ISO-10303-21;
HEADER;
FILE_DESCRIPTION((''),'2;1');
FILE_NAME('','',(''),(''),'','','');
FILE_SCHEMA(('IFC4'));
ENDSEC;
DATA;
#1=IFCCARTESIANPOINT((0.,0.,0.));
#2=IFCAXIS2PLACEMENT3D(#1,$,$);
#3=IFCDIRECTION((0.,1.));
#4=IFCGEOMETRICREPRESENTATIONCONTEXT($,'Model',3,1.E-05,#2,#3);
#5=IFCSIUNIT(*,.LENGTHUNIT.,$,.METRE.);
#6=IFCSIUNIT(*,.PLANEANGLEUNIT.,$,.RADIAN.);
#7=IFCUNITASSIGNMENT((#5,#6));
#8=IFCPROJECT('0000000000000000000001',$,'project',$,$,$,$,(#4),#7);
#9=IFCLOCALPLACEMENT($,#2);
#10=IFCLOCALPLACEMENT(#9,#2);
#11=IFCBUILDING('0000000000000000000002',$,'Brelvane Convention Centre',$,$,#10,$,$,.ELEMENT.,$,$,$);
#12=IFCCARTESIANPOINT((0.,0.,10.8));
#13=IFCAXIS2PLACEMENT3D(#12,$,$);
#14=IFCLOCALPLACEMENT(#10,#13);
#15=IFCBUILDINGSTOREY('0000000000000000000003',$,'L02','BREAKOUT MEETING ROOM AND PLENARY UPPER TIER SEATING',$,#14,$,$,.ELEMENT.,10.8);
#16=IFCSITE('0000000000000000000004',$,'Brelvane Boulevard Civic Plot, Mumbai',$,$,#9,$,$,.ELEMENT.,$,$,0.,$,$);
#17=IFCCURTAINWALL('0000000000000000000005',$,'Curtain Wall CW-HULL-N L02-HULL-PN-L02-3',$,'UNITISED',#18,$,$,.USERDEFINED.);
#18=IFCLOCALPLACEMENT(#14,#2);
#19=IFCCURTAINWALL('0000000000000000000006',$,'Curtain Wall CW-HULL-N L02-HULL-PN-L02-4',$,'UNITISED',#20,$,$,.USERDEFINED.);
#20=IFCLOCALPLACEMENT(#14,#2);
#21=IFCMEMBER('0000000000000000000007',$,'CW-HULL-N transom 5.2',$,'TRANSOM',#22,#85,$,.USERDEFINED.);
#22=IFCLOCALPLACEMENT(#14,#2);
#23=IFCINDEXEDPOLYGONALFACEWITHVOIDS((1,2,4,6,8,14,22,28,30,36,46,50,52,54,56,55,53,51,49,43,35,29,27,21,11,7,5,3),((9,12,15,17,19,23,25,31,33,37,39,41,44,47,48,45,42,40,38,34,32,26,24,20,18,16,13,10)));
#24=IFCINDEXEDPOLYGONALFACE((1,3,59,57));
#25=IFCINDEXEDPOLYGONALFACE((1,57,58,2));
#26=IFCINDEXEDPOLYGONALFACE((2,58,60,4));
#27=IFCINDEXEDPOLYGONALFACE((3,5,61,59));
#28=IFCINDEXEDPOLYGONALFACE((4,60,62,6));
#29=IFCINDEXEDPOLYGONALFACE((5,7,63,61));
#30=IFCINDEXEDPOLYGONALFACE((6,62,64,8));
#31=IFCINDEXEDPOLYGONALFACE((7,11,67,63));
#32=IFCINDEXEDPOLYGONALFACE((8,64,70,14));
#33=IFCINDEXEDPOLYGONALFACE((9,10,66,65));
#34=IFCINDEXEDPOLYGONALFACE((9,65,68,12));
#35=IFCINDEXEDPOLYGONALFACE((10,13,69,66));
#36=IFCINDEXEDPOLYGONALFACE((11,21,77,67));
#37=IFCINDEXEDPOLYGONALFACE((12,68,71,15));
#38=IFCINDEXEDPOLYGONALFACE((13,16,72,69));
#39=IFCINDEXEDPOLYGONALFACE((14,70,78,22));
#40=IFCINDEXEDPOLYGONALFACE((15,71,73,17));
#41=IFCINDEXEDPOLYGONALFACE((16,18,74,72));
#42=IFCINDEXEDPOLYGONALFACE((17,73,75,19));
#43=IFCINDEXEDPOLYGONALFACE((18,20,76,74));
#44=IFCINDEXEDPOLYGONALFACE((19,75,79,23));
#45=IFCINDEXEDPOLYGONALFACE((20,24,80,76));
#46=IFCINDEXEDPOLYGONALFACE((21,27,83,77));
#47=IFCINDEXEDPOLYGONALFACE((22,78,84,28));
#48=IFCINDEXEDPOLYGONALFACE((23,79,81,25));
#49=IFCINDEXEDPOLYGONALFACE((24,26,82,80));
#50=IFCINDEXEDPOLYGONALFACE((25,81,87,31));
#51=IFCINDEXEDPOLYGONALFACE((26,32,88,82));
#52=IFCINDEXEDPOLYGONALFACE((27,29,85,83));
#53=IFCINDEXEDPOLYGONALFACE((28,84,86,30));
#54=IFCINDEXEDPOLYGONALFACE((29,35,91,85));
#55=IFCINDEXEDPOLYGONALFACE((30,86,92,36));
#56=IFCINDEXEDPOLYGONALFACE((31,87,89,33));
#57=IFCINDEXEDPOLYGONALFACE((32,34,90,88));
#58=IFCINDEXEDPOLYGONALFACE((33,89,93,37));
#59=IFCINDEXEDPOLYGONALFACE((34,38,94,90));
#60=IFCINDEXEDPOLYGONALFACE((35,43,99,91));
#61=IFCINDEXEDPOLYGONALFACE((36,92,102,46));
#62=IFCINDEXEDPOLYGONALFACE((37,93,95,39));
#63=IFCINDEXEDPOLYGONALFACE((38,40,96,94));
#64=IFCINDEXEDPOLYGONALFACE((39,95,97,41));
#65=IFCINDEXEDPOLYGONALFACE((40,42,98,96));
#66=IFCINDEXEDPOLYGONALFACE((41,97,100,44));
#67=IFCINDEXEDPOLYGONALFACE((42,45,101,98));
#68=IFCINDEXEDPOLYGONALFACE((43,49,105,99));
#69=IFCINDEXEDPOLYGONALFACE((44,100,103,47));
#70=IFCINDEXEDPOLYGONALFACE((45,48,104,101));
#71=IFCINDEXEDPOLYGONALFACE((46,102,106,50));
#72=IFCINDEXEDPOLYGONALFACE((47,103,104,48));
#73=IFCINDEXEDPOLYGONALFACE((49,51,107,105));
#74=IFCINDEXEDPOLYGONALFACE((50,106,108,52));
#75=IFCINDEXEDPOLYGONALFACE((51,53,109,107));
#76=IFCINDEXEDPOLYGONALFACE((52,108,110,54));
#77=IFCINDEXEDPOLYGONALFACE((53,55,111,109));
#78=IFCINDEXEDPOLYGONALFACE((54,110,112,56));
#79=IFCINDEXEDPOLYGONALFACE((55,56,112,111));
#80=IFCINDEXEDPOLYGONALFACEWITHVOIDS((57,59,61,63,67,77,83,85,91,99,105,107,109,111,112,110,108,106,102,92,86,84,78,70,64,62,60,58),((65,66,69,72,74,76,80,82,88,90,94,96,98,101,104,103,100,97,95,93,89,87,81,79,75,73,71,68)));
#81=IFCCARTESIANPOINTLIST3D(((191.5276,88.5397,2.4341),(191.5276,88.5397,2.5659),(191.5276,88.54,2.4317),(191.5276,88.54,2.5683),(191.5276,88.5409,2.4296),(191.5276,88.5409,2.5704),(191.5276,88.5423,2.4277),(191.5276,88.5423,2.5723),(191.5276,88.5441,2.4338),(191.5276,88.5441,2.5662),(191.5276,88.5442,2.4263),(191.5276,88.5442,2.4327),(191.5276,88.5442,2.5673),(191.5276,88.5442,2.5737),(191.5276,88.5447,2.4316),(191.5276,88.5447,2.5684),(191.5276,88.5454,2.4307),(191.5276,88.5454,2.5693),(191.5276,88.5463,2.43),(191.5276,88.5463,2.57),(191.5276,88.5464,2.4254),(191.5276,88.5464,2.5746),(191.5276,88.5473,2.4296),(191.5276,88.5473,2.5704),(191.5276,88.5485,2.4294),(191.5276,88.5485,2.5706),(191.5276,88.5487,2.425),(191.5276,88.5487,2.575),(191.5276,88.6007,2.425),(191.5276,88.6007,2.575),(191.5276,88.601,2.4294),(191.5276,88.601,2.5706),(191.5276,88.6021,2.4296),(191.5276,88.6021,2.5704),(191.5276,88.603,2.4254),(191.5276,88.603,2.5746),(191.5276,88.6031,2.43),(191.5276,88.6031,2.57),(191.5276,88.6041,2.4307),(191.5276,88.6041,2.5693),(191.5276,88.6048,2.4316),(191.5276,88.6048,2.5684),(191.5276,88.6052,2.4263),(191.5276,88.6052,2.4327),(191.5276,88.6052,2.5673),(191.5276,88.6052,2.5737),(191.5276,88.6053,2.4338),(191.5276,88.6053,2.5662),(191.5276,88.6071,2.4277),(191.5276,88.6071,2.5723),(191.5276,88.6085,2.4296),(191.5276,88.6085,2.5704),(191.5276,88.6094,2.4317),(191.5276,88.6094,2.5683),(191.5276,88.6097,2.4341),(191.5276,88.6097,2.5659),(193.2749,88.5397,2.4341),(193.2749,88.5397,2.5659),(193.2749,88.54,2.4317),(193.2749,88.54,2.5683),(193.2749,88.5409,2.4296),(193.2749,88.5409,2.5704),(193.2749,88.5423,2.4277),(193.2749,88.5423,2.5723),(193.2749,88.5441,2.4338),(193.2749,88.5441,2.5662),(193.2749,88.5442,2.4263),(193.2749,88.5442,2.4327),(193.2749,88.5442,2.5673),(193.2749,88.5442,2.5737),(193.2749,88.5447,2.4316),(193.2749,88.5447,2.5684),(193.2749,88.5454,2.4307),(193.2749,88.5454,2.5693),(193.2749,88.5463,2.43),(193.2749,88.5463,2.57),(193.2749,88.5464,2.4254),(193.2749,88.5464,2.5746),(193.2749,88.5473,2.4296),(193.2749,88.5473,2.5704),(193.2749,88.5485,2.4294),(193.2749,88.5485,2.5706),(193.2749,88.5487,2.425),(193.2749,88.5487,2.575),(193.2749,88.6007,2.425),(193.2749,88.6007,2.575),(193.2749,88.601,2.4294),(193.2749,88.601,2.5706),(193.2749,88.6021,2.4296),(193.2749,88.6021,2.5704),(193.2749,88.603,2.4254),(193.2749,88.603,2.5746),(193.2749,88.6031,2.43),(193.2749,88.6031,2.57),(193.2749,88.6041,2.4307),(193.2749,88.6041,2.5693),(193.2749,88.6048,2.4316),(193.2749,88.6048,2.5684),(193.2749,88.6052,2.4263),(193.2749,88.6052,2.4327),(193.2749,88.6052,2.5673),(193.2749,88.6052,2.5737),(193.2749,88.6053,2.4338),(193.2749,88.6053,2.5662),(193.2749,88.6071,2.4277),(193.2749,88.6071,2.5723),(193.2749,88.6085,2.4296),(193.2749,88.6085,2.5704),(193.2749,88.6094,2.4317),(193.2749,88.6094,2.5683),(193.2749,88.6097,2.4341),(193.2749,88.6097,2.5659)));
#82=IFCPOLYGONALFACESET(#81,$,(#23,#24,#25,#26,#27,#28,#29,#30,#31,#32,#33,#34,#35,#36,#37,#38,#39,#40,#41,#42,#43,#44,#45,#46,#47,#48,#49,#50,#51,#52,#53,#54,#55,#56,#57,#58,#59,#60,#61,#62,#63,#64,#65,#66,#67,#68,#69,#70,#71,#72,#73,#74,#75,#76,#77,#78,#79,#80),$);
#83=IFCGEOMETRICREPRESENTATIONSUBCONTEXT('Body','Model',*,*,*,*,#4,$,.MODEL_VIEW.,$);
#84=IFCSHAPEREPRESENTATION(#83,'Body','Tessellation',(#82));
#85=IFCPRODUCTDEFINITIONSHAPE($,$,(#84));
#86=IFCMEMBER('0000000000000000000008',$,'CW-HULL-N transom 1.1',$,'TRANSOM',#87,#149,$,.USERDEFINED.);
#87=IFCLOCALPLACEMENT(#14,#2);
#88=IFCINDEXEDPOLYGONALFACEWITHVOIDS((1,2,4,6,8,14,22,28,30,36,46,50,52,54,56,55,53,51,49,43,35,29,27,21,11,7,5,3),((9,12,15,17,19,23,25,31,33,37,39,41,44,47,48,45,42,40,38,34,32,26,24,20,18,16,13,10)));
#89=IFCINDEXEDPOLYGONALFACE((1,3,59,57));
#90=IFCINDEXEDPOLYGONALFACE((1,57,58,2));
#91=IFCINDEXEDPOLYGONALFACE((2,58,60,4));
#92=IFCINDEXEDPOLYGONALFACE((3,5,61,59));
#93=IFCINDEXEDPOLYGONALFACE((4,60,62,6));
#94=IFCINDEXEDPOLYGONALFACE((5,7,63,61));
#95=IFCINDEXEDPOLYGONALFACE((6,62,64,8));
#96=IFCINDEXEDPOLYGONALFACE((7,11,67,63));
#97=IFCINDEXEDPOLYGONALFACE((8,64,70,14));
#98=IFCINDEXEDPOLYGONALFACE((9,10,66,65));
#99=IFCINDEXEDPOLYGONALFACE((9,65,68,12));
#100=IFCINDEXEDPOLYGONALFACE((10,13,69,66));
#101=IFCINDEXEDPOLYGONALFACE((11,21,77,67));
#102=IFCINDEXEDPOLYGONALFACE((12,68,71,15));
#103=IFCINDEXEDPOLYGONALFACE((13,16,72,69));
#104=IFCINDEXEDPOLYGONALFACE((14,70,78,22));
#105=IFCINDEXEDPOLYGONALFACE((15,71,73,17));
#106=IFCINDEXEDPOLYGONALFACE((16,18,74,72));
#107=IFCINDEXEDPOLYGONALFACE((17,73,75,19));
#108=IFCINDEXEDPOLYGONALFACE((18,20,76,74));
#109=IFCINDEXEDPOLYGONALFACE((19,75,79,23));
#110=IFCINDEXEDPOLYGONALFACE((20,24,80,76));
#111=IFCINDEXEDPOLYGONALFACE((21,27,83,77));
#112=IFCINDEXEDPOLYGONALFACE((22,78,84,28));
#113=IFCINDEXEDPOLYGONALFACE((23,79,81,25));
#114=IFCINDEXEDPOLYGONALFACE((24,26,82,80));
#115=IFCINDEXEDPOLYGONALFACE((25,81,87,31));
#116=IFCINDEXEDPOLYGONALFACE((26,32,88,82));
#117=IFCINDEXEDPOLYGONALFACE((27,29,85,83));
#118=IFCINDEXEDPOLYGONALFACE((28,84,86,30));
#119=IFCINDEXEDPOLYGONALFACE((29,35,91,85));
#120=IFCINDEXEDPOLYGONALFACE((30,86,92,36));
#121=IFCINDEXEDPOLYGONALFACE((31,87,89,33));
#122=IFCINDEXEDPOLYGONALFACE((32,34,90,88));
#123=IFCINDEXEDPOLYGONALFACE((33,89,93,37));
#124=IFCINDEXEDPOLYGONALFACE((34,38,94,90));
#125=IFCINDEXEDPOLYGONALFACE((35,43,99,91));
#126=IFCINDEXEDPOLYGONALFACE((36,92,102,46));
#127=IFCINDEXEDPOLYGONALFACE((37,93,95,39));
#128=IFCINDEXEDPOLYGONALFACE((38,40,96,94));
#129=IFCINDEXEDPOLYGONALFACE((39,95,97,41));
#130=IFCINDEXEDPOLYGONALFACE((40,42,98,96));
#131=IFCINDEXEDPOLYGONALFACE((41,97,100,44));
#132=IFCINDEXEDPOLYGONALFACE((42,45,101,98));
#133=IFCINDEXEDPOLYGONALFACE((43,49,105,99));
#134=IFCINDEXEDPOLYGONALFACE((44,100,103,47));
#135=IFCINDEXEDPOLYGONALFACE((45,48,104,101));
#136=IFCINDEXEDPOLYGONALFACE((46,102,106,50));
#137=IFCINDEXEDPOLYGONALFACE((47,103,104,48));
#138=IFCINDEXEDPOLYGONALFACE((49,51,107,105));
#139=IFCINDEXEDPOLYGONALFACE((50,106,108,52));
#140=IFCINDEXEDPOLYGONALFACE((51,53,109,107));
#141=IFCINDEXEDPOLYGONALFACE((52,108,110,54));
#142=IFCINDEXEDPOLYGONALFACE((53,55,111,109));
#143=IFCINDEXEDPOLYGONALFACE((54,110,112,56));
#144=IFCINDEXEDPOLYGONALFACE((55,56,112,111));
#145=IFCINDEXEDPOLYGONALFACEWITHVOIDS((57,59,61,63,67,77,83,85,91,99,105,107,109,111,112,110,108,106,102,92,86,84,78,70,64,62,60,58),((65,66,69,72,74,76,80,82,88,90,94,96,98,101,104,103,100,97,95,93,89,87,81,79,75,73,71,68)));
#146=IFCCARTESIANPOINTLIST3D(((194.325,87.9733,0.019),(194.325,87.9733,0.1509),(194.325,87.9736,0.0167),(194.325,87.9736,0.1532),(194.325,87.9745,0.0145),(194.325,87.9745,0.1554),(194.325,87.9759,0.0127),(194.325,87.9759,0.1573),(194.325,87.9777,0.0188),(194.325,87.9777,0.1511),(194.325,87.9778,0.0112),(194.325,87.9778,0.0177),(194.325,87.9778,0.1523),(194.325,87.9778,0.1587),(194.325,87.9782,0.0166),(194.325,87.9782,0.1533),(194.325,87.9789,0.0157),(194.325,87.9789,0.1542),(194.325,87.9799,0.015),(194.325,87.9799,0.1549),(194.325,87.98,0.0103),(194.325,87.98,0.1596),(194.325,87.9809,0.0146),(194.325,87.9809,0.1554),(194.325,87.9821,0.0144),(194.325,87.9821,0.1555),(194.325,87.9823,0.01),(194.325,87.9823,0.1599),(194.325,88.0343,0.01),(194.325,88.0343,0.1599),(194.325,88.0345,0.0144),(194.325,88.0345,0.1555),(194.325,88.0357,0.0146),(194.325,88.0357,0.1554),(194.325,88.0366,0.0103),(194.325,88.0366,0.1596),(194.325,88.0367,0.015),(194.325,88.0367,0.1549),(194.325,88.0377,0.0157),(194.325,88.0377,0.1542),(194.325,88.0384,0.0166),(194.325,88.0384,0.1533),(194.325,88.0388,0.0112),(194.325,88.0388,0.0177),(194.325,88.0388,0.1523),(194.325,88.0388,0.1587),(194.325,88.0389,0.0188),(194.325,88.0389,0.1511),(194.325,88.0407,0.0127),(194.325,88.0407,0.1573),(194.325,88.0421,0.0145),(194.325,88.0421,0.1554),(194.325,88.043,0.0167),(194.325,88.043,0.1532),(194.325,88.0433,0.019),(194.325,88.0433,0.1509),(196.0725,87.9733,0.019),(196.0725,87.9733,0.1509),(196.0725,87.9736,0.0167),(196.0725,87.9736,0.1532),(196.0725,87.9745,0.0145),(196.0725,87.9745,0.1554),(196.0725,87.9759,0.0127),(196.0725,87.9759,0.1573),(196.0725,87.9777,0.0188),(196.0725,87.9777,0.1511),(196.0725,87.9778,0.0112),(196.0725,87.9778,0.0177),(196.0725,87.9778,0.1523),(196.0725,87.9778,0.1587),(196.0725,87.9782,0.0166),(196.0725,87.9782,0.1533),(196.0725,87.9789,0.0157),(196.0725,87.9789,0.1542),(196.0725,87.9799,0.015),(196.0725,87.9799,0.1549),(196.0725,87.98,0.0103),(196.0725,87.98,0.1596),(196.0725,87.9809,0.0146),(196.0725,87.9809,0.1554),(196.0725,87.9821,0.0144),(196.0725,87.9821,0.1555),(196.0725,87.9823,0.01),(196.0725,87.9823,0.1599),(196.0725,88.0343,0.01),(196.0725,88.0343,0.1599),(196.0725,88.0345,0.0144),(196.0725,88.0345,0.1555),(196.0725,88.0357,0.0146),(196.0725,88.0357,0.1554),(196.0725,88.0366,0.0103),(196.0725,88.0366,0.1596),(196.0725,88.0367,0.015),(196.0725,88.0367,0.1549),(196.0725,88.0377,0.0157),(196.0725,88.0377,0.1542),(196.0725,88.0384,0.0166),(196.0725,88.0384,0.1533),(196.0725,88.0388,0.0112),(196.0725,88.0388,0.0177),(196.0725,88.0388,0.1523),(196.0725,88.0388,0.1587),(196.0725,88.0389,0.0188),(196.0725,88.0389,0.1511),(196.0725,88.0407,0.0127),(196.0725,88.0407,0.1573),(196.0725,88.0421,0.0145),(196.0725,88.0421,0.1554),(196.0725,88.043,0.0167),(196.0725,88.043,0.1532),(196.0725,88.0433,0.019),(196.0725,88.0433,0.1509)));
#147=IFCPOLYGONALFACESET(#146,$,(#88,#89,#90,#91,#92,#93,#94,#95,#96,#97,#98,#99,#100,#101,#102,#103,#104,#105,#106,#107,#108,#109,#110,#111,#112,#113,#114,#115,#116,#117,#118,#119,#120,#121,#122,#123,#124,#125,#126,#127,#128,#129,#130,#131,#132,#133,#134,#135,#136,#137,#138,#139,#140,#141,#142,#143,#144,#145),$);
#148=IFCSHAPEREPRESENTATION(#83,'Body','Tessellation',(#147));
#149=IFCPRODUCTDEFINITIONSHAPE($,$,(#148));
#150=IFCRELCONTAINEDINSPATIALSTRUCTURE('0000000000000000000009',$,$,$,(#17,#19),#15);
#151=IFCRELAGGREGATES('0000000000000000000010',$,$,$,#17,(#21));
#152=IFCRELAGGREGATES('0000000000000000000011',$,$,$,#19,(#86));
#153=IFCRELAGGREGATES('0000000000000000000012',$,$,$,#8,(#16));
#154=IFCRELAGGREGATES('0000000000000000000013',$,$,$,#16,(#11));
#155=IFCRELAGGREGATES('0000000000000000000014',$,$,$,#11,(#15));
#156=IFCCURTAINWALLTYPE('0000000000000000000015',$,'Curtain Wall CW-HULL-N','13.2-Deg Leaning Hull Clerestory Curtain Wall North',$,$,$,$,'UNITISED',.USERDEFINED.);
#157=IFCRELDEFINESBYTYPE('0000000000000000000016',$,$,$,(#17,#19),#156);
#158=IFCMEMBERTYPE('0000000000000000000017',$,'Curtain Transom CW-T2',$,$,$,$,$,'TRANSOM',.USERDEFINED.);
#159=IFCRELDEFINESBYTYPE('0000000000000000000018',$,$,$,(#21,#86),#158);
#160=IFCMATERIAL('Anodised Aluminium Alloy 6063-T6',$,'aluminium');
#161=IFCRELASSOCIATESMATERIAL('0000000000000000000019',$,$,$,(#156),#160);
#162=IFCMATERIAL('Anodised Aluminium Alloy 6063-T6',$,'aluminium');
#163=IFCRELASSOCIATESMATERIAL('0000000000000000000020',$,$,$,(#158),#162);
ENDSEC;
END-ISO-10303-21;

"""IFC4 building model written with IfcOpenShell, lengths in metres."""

from ifc_helpers import new_model, si_unit, direction, frame, origin, origin_2d, place, context, subcontext, project, spatial, hollow_rectangle, extrude, material, material_profile, profile_set, type_object, element, aggregate, save


model = new_model("IFC4")

# Units and contexts
model_context = context("Model", 3, precision=1e-05, world=origin(), true_north=direction((0.0, 1.0)))
body_context = subcontext(model_context, "Body", "Model", "MODEL_VIEW")
ifc_project = project(units=[si_unit("LENGTHUNIT", "METRE"), si_unit("PLANEANGLEUNIT", "RADIAN")], contexts=[model_context])

# Site, building, storey
site_placement = place(None, origin())
site = spatial("IfcSite", under=ifc_project, at=site_placement, Name="Brelvane Boulevard Civic Plot, Mumbai", CompositionType="ELEMENT", RefElevation=0.0)
building_placement = place(site_placement, origin())
building = spatial("IfcBuilding", under=site, at=building_placement, Name="Brelvane Convention Centre", CompositionType="ELEMENT")
storey_placement = place(building_placement, frame((0.0, 0.0, 10.8)))
storey = spatial("IfcBuildingStorey", under=building, at=storey_placement, Name="L02", Description="BREAKOUT MEETING ROOM AND PLENARY UPPER TIER SEATING", CompositionType="ELEMENT", Elevation=10.8)

# Curtain walls
ifc_material_1 = material(Name="Anodised Aluminium Alloy 6063-T6", Category="aluminium")
curtain_wall_type = type_object("IfcCurtainWallType", Name="Curtain Wall CW-HULL-N", Description="13.2-Deg Leaning Hull Clerestory Curtain Wall North", ElementType="UNITISED", PredefinedType="USERDEFINED", material=ifc_material_1)
curtain_wall_1_placement = place(storey_placement, origin())
curtain_wall_1 = element("IfcCurtainWall", 1, at=curtain_wall_1_placement, inside=storey, type_object=curtain_wall_type, Name="Curtain Wall CW-HULL-N L02-HULL-PN-L02-3", ObjectType="UNITISED", PredefinedType="USERDEFINED")
curtain_wall_2_placement = place(storey_placement, origin())
curtain_wall_2 = element("IfcCurtainWall", 2, at=curtain_wall_2_placement, inside=storey, type_object=curtain_wall_type, Name="Curtain Wall CW-HULL-N L02-HULL-PN-L02-4", ObjectType="UNITISED", PredefinedType="USERDEFINED")

# Members
ifc_material_2 = material(Name="Anodised Aluminium Alloy 6063-T6", Category="aluminium")
ifc_material_profile_1 = material_profile(ifc_material_2, hollow_rectangle(XDim=0.0701, YDim=0.1499, WallThickness=0.0044, InnerFilletRadius=0.0044, OuterFilletRadius=0.009, at=origin_2d()), Name="ALU-T 150x70x4.5")
ifc_profile_set_1 = profile_set([ifc_material_profile_1], Name="Anodised Aluminium Alloy 6063-T6")
member_type_1 = type_object("IfcMemberType", Name="Curtain Transom CW-T2", ElementType="TRANSOM", PredefinedType="USERDEFINED", material=ifc_profile_set_1)
member_1_placement = place(storey_placement, frame((191.5276, 88.5747, 2.5), z_axis=(1.0, 0.0, 0.0), x_axis=(0.0, 1.0, 0.0)))
member_1 = element("IfcMember", 3, at=member_1_placement, type_object=member_type_1, Name="CW-HULL-N transom 5.2", ObjectType="TRANSOM", PredefinedType="USERDEFINED", context=body_context, shape_type="SweptSolid", body=[
    extrude(hollow_rectangle(XDim=0.0701, YDim=0.1499, WallThickness=0.0044, InnerFilletRadius=0.0044, OuterFilletRadius=0.009, at=origin_2d()), origin(), (0.0, 0.0, 1.0), 1.7473),
])
member_2_placement = place(storey_placement, frame((194.325, 88.0083, 0.085), z_axis=(1.0, 0.0, 0.0), x_axis=(0.0, 1.0, 0.0)))
member_2 = element("IfcMember", 4, at=member_2_placement, type_object=member_type_1, Name="CW-HULL-N transom 1.1", ObjectType="TRANSOM", PredefinedType="USERDEFINED", context=body_context, shape_type="SweptSolid", body=[
    extrude(hollow_rectangle(XDim=0.0701, YDim=0.1499, WallThickness=0.0044, InnerFilletRadius=0.0044, OuterFilletRadius=0.009, at=origin_2d()), origin(), (0.0, 0.0, 1.0), 1.7476),
])

aggregate(curtain_wall_1, [member_1])
aggregate(curtain_wall_2, [member_2])

save(model, "model.ifc")
